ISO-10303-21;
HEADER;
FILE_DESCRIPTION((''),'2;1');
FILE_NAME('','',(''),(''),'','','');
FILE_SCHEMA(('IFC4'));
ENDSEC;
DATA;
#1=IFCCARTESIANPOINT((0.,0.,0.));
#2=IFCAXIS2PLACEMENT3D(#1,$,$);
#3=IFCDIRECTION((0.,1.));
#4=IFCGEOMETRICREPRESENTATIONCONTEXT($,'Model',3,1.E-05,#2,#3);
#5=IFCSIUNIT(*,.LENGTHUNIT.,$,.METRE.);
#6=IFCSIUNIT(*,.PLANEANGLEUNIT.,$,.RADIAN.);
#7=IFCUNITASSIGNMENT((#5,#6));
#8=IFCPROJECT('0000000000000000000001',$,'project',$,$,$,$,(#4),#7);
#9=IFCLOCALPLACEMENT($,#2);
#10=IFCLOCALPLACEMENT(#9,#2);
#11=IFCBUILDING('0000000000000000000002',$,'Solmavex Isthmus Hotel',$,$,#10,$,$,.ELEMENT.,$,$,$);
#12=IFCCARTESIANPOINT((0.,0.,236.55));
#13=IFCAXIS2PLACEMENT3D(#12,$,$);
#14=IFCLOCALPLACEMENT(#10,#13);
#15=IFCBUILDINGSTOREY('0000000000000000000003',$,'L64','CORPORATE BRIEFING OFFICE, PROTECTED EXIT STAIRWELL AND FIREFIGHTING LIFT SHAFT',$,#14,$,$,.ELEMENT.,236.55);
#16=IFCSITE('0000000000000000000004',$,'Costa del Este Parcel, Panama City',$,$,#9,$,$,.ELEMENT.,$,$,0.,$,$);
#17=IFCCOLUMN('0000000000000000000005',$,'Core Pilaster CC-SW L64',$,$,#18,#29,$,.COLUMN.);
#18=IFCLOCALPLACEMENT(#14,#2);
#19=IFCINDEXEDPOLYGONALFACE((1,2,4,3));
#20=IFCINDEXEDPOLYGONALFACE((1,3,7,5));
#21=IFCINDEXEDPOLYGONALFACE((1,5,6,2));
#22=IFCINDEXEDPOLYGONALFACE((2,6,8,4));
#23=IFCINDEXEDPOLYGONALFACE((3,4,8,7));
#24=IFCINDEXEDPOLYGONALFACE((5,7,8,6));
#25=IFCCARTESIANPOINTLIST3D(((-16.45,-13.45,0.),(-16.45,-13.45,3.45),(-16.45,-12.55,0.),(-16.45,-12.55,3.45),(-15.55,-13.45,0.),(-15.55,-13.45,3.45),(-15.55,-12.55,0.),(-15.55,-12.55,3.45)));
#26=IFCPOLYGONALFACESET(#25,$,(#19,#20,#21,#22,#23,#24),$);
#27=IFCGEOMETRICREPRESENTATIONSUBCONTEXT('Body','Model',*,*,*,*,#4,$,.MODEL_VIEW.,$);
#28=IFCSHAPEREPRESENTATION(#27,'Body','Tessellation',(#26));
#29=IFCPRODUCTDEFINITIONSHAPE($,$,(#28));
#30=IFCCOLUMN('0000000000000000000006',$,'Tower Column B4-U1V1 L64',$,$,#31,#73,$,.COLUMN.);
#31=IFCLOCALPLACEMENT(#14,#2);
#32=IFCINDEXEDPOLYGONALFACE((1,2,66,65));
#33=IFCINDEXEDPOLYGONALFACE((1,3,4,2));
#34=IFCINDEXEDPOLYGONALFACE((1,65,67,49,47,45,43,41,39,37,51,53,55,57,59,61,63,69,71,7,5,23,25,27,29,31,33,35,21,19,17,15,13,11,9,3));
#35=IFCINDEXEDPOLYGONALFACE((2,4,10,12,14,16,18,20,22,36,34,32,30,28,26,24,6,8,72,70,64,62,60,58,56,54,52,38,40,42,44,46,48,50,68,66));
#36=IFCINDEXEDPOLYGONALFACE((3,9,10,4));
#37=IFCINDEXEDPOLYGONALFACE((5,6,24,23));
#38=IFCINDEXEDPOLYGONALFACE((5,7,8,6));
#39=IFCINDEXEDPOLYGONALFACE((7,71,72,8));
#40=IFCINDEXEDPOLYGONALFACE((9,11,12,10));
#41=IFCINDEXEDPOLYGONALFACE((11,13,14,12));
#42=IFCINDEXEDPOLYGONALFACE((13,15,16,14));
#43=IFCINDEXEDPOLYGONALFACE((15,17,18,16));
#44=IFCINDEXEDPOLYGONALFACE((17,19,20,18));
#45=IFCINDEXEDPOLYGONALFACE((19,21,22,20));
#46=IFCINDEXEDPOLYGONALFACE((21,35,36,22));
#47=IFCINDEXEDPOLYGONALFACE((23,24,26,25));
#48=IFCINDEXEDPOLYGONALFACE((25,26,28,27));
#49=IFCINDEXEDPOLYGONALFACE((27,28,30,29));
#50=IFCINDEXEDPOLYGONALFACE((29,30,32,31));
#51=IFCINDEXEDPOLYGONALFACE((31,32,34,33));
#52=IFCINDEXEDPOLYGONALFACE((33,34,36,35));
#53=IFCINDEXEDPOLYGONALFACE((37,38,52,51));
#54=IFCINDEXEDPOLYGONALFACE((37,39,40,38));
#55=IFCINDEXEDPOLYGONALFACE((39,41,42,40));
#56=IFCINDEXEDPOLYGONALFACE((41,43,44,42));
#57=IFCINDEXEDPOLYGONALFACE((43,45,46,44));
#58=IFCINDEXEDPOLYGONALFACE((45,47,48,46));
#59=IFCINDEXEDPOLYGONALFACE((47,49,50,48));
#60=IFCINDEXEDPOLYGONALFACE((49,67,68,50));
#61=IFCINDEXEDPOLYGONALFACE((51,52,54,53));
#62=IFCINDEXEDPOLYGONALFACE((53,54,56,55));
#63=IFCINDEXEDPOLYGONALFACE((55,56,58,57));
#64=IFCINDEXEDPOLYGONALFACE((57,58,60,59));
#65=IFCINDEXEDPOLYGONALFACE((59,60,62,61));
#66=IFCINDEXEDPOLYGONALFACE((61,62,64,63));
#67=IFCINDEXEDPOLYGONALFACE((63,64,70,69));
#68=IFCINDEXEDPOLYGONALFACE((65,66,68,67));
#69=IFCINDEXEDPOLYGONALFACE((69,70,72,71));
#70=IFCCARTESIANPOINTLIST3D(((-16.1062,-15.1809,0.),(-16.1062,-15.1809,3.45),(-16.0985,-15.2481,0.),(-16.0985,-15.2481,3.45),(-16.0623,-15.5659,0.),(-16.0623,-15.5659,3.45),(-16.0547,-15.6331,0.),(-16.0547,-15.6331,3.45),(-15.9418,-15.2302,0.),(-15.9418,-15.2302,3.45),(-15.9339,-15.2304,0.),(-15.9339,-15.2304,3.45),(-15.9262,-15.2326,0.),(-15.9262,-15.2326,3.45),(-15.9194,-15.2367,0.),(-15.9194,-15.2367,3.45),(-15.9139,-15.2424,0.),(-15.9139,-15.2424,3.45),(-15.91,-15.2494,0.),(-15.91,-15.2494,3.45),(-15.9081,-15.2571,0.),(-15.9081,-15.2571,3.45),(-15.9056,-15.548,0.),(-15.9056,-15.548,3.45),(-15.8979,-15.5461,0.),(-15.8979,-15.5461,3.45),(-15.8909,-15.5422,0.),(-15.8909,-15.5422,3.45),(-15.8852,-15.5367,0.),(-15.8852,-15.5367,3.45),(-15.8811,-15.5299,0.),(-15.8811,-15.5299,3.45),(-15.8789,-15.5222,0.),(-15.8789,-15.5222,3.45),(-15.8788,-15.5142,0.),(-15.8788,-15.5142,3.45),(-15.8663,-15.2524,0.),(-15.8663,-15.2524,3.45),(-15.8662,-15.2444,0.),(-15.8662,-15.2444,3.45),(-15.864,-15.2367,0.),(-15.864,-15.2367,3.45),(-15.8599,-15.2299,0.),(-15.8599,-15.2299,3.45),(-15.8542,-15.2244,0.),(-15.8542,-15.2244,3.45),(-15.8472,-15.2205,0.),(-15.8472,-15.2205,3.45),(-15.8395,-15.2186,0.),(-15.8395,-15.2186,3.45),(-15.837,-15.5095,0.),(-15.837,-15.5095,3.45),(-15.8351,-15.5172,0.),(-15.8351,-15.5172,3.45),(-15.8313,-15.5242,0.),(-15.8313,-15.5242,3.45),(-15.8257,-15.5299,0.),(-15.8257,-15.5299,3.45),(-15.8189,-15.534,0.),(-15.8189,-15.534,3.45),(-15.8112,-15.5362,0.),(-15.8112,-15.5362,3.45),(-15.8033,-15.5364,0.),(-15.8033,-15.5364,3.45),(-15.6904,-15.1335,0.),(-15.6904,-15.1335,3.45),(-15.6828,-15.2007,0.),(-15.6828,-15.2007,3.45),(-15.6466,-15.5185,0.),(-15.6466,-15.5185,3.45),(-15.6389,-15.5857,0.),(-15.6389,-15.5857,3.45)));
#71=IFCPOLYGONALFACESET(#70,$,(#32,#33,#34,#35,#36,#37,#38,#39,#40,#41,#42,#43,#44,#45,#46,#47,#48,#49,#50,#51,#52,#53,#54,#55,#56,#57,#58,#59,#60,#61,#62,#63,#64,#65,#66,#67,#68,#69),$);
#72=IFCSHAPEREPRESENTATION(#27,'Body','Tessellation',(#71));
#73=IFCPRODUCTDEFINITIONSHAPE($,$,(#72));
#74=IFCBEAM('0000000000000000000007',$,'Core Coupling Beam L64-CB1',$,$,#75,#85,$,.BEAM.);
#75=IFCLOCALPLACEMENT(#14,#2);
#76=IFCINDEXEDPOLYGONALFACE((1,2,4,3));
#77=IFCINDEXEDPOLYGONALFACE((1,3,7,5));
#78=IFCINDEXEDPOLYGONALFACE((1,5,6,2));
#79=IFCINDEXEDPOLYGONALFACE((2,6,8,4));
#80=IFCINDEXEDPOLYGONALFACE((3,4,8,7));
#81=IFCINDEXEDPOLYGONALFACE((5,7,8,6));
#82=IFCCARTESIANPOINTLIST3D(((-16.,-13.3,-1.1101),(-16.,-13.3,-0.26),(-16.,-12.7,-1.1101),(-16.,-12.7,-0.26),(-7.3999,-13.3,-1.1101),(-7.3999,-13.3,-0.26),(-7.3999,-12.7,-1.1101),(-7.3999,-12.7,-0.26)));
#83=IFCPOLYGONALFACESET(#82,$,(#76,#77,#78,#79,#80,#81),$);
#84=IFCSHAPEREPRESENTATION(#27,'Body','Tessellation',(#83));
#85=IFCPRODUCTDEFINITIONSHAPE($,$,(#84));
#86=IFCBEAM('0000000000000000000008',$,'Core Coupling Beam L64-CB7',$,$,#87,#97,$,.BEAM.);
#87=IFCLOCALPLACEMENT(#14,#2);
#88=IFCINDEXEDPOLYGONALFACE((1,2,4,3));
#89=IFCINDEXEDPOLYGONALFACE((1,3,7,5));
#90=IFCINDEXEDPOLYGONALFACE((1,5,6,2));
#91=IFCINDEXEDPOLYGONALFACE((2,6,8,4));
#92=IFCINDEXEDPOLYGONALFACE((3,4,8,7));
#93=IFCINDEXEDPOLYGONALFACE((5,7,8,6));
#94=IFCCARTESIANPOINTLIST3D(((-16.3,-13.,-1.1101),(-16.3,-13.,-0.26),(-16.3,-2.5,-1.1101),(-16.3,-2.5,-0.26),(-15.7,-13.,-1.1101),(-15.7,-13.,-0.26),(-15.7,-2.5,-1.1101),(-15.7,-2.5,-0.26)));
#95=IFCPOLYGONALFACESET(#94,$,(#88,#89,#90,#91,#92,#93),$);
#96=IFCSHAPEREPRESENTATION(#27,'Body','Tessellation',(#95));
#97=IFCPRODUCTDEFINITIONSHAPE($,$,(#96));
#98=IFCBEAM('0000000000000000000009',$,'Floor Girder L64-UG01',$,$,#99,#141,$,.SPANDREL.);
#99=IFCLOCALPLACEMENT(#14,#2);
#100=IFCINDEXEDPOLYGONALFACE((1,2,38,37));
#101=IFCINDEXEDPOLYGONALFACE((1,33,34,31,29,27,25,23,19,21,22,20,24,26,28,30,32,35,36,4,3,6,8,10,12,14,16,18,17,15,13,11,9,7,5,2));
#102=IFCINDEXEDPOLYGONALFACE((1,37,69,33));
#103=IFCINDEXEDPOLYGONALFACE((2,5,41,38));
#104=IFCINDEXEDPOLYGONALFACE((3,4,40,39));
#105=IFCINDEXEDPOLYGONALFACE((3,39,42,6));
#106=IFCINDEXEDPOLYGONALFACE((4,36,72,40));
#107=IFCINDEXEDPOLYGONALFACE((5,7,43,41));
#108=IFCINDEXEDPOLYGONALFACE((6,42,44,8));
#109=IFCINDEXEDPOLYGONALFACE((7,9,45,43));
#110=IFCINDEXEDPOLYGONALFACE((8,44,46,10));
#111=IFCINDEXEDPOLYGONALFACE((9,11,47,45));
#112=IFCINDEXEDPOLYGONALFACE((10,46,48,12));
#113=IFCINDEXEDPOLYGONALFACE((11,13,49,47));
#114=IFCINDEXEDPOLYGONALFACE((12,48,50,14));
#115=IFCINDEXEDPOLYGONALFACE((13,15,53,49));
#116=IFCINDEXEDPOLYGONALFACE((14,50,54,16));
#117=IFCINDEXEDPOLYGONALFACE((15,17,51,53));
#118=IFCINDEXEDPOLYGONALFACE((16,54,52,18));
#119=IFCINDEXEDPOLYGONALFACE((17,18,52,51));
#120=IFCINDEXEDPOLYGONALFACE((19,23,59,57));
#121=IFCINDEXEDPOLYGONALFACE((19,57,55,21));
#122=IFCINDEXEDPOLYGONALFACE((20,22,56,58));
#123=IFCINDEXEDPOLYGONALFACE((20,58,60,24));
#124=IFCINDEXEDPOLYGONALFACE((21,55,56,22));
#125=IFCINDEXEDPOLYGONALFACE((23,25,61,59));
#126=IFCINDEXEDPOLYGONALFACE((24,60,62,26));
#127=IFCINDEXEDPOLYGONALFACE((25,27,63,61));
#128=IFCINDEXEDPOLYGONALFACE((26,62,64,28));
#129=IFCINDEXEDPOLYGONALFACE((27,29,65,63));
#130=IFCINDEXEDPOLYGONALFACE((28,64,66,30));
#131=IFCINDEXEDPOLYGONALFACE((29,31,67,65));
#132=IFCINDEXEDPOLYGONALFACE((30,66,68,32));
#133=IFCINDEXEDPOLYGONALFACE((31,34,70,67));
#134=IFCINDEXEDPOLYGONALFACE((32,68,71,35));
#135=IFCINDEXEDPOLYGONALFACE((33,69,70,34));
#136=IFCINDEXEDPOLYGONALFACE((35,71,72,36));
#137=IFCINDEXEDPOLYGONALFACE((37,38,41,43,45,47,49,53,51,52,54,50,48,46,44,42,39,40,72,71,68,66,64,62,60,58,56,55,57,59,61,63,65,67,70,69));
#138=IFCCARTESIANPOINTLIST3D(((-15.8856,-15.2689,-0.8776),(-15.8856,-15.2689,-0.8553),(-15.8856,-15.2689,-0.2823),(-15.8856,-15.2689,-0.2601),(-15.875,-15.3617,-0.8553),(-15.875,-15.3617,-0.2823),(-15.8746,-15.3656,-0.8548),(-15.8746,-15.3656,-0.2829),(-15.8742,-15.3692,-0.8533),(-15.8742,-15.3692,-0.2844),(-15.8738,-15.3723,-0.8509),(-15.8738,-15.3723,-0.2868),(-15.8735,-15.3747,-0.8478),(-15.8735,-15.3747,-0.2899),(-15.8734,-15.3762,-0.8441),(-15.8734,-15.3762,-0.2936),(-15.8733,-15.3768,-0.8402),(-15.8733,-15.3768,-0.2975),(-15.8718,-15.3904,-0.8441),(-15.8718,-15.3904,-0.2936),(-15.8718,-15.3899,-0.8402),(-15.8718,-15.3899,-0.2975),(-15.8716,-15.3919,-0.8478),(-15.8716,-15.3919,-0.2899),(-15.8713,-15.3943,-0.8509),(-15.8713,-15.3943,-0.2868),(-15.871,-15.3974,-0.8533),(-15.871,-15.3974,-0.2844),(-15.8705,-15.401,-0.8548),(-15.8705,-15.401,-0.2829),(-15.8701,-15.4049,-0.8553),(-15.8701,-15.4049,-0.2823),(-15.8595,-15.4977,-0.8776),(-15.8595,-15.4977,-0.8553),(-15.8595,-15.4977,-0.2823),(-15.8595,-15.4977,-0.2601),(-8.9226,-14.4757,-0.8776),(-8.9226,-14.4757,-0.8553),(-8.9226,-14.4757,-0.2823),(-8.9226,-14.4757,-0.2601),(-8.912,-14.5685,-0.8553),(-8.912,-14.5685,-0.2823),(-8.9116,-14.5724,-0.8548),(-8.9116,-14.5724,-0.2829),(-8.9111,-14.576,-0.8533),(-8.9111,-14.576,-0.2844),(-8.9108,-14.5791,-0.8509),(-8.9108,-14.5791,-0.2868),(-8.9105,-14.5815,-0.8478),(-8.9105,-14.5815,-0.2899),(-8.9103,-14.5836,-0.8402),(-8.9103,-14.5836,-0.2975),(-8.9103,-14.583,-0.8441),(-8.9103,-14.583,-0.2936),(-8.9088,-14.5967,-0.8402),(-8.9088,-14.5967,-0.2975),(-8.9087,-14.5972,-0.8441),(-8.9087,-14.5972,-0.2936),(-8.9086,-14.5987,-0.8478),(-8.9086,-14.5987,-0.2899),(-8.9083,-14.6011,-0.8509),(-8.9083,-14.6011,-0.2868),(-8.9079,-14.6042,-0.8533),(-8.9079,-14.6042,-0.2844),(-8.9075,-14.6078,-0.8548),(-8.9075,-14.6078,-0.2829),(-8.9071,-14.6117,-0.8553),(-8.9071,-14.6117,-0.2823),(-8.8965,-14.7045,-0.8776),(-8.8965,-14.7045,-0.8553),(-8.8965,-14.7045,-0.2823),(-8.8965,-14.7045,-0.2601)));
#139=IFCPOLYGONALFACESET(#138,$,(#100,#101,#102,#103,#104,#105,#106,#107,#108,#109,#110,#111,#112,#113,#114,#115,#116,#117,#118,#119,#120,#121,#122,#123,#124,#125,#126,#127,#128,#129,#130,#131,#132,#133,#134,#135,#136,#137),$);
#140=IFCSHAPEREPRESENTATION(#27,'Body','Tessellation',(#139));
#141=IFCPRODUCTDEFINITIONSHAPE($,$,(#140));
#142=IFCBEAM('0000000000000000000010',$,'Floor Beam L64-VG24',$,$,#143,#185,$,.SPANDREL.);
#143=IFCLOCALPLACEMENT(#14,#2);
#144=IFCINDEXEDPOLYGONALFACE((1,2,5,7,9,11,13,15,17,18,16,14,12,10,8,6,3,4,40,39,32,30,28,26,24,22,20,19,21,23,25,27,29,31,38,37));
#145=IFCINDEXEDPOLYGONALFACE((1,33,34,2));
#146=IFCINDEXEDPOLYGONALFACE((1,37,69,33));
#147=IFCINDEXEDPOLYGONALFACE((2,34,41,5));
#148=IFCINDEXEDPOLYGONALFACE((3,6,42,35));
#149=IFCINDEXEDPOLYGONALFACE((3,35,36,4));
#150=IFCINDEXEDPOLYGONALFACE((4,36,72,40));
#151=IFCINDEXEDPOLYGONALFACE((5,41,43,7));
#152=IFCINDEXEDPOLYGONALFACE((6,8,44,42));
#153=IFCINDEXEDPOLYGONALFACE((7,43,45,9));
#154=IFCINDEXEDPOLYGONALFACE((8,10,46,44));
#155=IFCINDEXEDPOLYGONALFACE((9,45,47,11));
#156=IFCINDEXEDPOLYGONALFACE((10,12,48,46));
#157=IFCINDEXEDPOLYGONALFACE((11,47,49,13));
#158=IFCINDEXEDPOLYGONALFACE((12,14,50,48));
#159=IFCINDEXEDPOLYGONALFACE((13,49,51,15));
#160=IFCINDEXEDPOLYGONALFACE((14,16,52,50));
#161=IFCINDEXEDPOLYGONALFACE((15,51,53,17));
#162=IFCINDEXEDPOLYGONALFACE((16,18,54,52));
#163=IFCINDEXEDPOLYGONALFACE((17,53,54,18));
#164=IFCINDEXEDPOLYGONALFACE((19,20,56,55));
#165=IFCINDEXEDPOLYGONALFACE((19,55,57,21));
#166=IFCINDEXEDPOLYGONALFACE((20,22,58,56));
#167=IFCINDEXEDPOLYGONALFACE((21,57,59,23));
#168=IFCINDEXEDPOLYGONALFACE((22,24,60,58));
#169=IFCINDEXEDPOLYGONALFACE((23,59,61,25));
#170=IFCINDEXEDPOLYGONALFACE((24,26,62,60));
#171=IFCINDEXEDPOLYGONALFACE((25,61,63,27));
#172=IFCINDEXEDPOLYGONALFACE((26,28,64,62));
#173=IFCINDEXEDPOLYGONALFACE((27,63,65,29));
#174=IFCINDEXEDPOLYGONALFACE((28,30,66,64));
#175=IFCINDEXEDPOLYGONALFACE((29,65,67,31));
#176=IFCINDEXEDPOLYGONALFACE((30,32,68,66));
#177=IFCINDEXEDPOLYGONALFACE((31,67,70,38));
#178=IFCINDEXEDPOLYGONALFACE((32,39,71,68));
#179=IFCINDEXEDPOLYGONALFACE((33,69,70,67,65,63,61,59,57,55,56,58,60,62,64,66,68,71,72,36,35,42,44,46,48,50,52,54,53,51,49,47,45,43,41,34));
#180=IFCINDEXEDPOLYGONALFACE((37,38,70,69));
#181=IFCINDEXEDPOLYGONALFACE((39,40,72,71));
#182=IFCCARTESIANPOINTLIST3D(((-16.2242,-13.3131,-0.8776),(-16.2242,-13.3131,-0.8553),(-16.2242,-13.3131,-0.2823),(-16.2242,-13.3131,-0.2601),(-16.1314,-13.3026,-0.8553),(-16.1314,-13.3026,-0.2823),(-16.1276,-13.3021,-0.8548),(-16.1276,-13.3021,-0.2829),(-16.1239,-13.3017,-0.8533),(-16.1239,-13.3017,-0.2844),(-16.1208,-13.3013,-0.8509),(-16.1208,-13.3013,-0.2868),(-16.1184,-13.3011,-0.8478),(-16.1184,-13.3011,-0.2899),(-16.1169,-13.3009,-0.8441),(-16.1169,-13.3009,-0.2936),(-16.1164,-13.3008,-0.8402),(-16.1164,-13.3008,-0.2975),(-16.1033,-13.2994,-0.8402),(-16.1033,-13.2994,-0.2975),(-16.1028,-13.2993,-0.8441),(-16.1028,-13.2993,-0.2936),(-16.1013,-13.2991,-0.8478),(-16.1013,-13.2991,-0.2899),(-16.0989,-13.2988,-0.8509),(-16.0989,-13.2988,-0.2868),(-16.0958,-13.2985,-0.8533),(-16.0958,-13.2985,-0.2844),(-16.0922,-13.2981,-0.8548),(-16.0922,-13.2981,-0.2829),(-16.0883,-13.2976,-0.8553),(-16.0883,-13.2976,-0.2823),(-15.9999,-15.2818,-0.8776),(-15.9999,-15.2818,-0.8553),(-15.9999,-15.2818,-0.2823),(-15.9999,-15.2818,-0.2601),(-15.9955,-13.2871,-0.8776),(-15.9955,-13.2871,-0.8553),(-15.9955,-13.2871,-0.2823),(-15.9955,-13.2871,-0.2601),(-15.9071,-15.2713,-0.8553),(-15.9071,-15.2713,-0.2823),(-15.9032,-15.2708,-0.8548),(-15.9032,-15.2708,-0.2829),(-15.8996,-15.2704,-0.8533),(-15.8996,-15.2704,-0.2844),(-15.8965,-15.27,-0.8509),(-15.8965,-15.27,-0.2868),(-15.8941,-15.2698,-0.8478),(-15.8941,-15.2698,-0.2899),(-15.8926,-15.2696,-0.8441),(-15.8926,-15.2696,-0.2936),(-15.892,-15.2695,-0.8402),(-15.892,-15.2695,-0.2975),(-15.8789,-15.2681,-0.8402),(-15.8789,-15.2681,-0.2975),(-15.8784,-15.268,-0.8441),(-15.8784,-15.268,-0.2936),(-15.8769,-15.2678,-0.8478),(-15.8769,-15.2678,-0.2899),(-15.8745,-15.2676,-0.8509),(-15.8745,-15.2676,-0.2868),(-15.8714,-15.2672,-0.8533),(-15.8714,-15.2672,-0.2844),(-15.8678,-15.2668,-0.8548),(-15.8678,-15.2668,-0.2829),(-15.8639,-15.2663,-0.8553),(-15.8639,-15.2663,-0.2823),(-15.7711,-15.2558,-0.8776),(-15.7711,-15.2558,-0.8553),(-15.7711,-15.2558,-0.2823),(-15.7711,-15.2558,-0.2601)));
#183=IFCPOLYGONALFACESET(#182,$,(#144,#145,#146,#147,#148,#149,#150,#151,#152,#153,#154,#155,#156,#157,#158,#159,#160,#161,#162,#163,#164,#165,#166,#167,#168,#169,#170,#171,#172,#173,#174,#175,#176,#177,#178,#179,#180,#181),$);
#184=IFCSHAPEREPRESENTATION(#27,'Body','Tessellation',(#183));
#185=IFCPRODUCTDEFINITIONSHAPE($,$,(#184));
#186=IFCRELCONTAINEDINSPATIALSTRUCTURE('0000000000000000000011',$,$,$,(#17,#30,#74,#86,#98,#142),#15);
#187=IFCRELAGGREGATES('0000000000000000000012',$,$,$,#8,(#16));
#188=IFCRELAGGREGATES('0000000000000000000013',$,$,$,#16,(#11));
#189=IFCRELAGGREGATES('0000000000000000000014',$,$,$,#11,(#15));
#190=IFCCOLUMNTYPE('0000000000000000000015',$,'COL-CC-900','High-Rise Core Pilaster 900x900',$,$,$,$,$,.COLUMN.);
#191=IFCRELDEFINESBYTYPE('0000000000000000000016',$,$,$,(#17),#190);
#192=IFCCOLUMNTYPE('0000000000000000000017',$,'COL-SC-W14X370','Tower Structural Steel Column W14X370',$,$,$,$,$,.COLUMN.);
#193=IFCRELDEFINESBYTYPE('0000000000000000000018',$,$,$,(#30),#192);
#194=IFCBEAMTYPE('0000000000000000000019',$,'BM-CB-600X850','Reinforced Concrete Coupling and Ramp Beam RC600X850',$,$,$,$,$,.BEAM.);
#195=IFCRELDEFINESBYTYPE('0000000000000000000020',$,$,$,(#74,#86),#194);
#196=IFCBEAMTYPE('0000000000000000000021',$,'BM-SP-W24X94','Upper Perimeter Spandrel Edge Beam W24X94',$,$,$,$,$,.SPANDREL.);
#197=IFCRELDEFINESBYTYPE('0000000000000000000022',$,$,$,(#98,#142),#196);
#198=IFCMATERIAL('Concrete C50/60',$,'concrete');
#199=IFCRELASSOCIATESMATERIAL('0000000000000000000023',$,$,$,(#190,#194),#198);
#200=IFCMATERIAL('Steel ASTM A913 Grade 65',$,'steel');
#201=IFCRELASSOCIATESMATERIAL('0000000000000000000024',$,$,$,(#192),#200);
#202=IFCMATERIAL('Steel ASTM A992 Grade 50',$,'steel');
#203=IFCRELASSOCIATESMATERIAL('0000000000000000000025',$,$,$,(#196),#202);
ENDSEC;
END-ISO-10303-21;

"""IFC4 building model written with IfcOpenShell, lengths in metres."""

from ifc_helpers import new_model, si_unit, direction, frame, origin, origin_2d, place, context, subcontext, project, spatial, rectangle, i_section, extrude, material, material_profile, profile_set, type_object, element, save


model = new_model("IFC4")

# Units and contexts
model_context = context("Model", 3, precision=1e-05, world=origin(), true_north=direction((0.0, 1.0)))
body_context = subcontext(model_context, "Body", "Model", "MODEL_VIEW")
ifc_project = project(units=[si_unit("LENGTHUNIT", "METRE"), si_unit("PLANEANGLEUNIT", "RADIAN")], contexts=[model_context])

# Site, building, storey
site_placement = place(None, origin())
site = spatial("IfcSite", under=ifc_project, at=site_placement, Name="Costa del Este Parcel, Panama City", CompositionType="ELEMENT", RefElevation=0.0)
building_placement = place(site_placement, origin())
building = spatial("IfcBuilding", under=site, at=building_placement, Name="Solmavex Isthmus Hotel", CompositionType="ELEMENT")
storey_placement = place(building_placement, frame((0.0, 0.0, 236.55)))
storey = spatial("IfcBuildingStorey", under=building, at=storey_placement, Name="L64", Description="CORPORATE BRIEFING OFFICE, PROTECTED EXIT STAIRWELL AND FIREFIGHTING LIFT SHAFT", CompositionType="ELEMENT", Elevation=236.55)

# Columns
ifc_material_1 = material(Name="Concrete C50/60", Category="concrete")
ifc_material_profile_1 = material_profile(ifc_material_1, rectangle(XDim=0.8999, YDim=0.8999, at=origin_2d()), Name="RC900X900")
ifc_profile_set_1 = profile_set([ifc_material_profile_1], Name="Concrete C50/60")
column_type_1 = type_object("IfcColumnType", Name="COL-CC-900", Description="High-Rise Core Pilaster 900x900", PredefinedType="COLUMN", material=ifc_profile_set_1)
column_1_placement = place(storey_placement, frame((-16.0, -13.0, 0.0), z_axis=(0.0, 0.0, 1.0), x_axis=(1.0, 0.0, 0.0)))
element("IfcColumn", 1, at=column_1_placement, inside=storey, type_object=column_type_1, Name="Core Pilaster CC-SW L64", PredefinedType="COLUMN", context=body_context, shape_type="SweptSolid", body=[
    extrude(rectangle(XDim=0.8999, YDim=0.8999, at=origin_2d()), origin(), (0.0, 0.0, 1.0), 3.45),
])
ifc_material_2 = material(Name="Steel ASTM A913 Grade 65", Category="steel")
ifc_material_profile_2 = material_profile(ifc_material_2, i_section(OverallWidth=0.4185, OverallDepth=0.4551, WebThickness=0.042, FlangeThickness=0.0676, FilletRadius=0.0305, at=origin_2d()), Name="W14X370")
ifc_profile_set_2 = profile_set([ifc_material_profile_2], Name="Steel ASTM A913 Grade 65")
column_type_2 = type_object("IfcColumnType", Name="COL-SC-W14X370", Description="Tower Structural Steel Column W14X370", PredefinedType="COLUMN", material=ifc_profile_set_2)
column_2_placement = place(storey_placement, frame((-15.8726, -15.3833, 0.0), z_axis=(0.0, 0.0, 1.0), x_axis=(0.993572, 0.113203, 0.0)))
element("IfcColumn", 2, at=column_2_placement, inside=storey, type_object=column_type_2, Name="Tower Column B4-U1V1 L64", PredefinedType="COLUMN", context=body_context, shape_type="SweptSolid", body=[
    extrude(i_section(OverallWidth=0.4185, OverallDepth=0.4551, WebThickness=0.042, FlangeThickness=0.0676, FilletRadius=0.0305, at=origin_2d()), origin(), (0.0, 0.0, 1.0), 3.45),
])

# Beams
ifc_material_profile_3 = material_profile(ifc_material_1, rectangle(XDim=0.6001, YDim=0.8501, at=origin_2d()), Name="RC600X850")
ifc_profile_set_3 = profile_set([ifc_material_profile_3], Name="Concrete C50/60")
beam_type_1 = type_object("IfcBeamType", Name="BM-CB-600X850", Description="Reinforced Concrete Coupling and Ramp Beam RC600X850", PredefinedType="BEAM", material=ifc_profile_set_3)
beam_1_placement = place(storey_placement, frame((-16.0, -13.0, -0.6851), z_axis=(1.0, 0.0, 0.0), x_axis=(0.0, 1.0, 0.0)))
element("IfcBeam", 3, at=beam_1_placement, inside=storey, type_object=beam_type_1, Name="Core Coupling Beam L64-CB1", PredefinedType="BEAM", context=body_context, shape_type="SweptSolid", body=[
    extrude(rectangle(XDim=0.6001, YDim=0.8501, at=origin_2d()), origin(), (0.0, 0.0, 1.0), 8.6001),
])
beam_2_placement = place(storey_placement, frame((-16.0, -13.0, -0.6851), z_axis=(0.0, 1.0, 0.0), x_axis=(-1.0, 0.0, 0.0)))
element("IfcBeam", 4, at=beam_2_placement, inside=storey, type_object=beam_type_1, Name="Core Coupling Beam L64-CB7", PredefinedType="BEAM", context=body_context, shape_type="SweptSolid", body=[
    extrude(rectangle(XDim=0.6001, YDim=0.8501, at=origin_2d()), origin(), (0.0, 0.0, 1.0), 10.5),
])
ifc_material_3 = material(Name="Steel ASTM A992 Grade 50", Category="steel")
ifc_material_profile_4 = material_profile(ifc_material_3, i_section(OverallWidth=0.2302, OverallDepth=0.6174, WebThickness=0.0132, FlangeThickness=0.0222, FilletRadius=0.0151, at=origin_2d()), Name="W24X94")
ifc_profile_set_4 = profile_set([ifc_material_profile_4], Name="Steel ASTM A992 Grade 50")
beam_type_2 = type_object("IfcBeamType", Name="BM-SP-W24X94", Description="Upper Perimeter Spandrel Edge Beam W24X94", PredefinedType="SPANDREL", material=ifc_profile_set_4)
beam_3_placement = place(storey_placement, frame((-15.8726, -15.3833, -0.5688), z_axis=(0.993574, 0.113184, 0.0), x_axis=(-0.113184, 0.993574, 0.0)))
element("IfcBeam", 5, at=beam_3_placement, inside=storey, type_object=beam_type_2, Name="Floor Girder L64-UG01", PredefinedType="SPANDREL", context=body_context, shape_type="SweptSolid", body=[
    extrude(i_section(OverallWidth=0.2302, OverallDepth=0.6174, WebThickness=0.0132, FlangeThickness=0.0222, FilletRadius=0.0151, at=origin_2d()), origin(), (0.0, 0.0, 1.0), 7.0081),
])
beam_4_placement = place(storey_placement, frame((-15.8855, -15.2688, -0.5688), z_axis=(-0.11323, 0.993569, 0.0), x_axis=(-0.993569, -0.11323, 0.0)))
element("IfcBeam", 6, at=beam_4_placement, inside=storey, type_object=beam_type_2, Name="Floor Beam L64-VG24", PredefinedType="SPANDREL", context=body_context, shape_type="SweptSolid", body=[
    extrude(i_section(OverallWidth=0.2302, OverallDepth=0.6174, WebThickness=0.0132, FlangeThickness=0.0222, FilletRadius=0.0151, at=origin_2d()), origin(), (0.0, 0.0, 1.0), 1.9814),
])

save(model, "model.ifc")
